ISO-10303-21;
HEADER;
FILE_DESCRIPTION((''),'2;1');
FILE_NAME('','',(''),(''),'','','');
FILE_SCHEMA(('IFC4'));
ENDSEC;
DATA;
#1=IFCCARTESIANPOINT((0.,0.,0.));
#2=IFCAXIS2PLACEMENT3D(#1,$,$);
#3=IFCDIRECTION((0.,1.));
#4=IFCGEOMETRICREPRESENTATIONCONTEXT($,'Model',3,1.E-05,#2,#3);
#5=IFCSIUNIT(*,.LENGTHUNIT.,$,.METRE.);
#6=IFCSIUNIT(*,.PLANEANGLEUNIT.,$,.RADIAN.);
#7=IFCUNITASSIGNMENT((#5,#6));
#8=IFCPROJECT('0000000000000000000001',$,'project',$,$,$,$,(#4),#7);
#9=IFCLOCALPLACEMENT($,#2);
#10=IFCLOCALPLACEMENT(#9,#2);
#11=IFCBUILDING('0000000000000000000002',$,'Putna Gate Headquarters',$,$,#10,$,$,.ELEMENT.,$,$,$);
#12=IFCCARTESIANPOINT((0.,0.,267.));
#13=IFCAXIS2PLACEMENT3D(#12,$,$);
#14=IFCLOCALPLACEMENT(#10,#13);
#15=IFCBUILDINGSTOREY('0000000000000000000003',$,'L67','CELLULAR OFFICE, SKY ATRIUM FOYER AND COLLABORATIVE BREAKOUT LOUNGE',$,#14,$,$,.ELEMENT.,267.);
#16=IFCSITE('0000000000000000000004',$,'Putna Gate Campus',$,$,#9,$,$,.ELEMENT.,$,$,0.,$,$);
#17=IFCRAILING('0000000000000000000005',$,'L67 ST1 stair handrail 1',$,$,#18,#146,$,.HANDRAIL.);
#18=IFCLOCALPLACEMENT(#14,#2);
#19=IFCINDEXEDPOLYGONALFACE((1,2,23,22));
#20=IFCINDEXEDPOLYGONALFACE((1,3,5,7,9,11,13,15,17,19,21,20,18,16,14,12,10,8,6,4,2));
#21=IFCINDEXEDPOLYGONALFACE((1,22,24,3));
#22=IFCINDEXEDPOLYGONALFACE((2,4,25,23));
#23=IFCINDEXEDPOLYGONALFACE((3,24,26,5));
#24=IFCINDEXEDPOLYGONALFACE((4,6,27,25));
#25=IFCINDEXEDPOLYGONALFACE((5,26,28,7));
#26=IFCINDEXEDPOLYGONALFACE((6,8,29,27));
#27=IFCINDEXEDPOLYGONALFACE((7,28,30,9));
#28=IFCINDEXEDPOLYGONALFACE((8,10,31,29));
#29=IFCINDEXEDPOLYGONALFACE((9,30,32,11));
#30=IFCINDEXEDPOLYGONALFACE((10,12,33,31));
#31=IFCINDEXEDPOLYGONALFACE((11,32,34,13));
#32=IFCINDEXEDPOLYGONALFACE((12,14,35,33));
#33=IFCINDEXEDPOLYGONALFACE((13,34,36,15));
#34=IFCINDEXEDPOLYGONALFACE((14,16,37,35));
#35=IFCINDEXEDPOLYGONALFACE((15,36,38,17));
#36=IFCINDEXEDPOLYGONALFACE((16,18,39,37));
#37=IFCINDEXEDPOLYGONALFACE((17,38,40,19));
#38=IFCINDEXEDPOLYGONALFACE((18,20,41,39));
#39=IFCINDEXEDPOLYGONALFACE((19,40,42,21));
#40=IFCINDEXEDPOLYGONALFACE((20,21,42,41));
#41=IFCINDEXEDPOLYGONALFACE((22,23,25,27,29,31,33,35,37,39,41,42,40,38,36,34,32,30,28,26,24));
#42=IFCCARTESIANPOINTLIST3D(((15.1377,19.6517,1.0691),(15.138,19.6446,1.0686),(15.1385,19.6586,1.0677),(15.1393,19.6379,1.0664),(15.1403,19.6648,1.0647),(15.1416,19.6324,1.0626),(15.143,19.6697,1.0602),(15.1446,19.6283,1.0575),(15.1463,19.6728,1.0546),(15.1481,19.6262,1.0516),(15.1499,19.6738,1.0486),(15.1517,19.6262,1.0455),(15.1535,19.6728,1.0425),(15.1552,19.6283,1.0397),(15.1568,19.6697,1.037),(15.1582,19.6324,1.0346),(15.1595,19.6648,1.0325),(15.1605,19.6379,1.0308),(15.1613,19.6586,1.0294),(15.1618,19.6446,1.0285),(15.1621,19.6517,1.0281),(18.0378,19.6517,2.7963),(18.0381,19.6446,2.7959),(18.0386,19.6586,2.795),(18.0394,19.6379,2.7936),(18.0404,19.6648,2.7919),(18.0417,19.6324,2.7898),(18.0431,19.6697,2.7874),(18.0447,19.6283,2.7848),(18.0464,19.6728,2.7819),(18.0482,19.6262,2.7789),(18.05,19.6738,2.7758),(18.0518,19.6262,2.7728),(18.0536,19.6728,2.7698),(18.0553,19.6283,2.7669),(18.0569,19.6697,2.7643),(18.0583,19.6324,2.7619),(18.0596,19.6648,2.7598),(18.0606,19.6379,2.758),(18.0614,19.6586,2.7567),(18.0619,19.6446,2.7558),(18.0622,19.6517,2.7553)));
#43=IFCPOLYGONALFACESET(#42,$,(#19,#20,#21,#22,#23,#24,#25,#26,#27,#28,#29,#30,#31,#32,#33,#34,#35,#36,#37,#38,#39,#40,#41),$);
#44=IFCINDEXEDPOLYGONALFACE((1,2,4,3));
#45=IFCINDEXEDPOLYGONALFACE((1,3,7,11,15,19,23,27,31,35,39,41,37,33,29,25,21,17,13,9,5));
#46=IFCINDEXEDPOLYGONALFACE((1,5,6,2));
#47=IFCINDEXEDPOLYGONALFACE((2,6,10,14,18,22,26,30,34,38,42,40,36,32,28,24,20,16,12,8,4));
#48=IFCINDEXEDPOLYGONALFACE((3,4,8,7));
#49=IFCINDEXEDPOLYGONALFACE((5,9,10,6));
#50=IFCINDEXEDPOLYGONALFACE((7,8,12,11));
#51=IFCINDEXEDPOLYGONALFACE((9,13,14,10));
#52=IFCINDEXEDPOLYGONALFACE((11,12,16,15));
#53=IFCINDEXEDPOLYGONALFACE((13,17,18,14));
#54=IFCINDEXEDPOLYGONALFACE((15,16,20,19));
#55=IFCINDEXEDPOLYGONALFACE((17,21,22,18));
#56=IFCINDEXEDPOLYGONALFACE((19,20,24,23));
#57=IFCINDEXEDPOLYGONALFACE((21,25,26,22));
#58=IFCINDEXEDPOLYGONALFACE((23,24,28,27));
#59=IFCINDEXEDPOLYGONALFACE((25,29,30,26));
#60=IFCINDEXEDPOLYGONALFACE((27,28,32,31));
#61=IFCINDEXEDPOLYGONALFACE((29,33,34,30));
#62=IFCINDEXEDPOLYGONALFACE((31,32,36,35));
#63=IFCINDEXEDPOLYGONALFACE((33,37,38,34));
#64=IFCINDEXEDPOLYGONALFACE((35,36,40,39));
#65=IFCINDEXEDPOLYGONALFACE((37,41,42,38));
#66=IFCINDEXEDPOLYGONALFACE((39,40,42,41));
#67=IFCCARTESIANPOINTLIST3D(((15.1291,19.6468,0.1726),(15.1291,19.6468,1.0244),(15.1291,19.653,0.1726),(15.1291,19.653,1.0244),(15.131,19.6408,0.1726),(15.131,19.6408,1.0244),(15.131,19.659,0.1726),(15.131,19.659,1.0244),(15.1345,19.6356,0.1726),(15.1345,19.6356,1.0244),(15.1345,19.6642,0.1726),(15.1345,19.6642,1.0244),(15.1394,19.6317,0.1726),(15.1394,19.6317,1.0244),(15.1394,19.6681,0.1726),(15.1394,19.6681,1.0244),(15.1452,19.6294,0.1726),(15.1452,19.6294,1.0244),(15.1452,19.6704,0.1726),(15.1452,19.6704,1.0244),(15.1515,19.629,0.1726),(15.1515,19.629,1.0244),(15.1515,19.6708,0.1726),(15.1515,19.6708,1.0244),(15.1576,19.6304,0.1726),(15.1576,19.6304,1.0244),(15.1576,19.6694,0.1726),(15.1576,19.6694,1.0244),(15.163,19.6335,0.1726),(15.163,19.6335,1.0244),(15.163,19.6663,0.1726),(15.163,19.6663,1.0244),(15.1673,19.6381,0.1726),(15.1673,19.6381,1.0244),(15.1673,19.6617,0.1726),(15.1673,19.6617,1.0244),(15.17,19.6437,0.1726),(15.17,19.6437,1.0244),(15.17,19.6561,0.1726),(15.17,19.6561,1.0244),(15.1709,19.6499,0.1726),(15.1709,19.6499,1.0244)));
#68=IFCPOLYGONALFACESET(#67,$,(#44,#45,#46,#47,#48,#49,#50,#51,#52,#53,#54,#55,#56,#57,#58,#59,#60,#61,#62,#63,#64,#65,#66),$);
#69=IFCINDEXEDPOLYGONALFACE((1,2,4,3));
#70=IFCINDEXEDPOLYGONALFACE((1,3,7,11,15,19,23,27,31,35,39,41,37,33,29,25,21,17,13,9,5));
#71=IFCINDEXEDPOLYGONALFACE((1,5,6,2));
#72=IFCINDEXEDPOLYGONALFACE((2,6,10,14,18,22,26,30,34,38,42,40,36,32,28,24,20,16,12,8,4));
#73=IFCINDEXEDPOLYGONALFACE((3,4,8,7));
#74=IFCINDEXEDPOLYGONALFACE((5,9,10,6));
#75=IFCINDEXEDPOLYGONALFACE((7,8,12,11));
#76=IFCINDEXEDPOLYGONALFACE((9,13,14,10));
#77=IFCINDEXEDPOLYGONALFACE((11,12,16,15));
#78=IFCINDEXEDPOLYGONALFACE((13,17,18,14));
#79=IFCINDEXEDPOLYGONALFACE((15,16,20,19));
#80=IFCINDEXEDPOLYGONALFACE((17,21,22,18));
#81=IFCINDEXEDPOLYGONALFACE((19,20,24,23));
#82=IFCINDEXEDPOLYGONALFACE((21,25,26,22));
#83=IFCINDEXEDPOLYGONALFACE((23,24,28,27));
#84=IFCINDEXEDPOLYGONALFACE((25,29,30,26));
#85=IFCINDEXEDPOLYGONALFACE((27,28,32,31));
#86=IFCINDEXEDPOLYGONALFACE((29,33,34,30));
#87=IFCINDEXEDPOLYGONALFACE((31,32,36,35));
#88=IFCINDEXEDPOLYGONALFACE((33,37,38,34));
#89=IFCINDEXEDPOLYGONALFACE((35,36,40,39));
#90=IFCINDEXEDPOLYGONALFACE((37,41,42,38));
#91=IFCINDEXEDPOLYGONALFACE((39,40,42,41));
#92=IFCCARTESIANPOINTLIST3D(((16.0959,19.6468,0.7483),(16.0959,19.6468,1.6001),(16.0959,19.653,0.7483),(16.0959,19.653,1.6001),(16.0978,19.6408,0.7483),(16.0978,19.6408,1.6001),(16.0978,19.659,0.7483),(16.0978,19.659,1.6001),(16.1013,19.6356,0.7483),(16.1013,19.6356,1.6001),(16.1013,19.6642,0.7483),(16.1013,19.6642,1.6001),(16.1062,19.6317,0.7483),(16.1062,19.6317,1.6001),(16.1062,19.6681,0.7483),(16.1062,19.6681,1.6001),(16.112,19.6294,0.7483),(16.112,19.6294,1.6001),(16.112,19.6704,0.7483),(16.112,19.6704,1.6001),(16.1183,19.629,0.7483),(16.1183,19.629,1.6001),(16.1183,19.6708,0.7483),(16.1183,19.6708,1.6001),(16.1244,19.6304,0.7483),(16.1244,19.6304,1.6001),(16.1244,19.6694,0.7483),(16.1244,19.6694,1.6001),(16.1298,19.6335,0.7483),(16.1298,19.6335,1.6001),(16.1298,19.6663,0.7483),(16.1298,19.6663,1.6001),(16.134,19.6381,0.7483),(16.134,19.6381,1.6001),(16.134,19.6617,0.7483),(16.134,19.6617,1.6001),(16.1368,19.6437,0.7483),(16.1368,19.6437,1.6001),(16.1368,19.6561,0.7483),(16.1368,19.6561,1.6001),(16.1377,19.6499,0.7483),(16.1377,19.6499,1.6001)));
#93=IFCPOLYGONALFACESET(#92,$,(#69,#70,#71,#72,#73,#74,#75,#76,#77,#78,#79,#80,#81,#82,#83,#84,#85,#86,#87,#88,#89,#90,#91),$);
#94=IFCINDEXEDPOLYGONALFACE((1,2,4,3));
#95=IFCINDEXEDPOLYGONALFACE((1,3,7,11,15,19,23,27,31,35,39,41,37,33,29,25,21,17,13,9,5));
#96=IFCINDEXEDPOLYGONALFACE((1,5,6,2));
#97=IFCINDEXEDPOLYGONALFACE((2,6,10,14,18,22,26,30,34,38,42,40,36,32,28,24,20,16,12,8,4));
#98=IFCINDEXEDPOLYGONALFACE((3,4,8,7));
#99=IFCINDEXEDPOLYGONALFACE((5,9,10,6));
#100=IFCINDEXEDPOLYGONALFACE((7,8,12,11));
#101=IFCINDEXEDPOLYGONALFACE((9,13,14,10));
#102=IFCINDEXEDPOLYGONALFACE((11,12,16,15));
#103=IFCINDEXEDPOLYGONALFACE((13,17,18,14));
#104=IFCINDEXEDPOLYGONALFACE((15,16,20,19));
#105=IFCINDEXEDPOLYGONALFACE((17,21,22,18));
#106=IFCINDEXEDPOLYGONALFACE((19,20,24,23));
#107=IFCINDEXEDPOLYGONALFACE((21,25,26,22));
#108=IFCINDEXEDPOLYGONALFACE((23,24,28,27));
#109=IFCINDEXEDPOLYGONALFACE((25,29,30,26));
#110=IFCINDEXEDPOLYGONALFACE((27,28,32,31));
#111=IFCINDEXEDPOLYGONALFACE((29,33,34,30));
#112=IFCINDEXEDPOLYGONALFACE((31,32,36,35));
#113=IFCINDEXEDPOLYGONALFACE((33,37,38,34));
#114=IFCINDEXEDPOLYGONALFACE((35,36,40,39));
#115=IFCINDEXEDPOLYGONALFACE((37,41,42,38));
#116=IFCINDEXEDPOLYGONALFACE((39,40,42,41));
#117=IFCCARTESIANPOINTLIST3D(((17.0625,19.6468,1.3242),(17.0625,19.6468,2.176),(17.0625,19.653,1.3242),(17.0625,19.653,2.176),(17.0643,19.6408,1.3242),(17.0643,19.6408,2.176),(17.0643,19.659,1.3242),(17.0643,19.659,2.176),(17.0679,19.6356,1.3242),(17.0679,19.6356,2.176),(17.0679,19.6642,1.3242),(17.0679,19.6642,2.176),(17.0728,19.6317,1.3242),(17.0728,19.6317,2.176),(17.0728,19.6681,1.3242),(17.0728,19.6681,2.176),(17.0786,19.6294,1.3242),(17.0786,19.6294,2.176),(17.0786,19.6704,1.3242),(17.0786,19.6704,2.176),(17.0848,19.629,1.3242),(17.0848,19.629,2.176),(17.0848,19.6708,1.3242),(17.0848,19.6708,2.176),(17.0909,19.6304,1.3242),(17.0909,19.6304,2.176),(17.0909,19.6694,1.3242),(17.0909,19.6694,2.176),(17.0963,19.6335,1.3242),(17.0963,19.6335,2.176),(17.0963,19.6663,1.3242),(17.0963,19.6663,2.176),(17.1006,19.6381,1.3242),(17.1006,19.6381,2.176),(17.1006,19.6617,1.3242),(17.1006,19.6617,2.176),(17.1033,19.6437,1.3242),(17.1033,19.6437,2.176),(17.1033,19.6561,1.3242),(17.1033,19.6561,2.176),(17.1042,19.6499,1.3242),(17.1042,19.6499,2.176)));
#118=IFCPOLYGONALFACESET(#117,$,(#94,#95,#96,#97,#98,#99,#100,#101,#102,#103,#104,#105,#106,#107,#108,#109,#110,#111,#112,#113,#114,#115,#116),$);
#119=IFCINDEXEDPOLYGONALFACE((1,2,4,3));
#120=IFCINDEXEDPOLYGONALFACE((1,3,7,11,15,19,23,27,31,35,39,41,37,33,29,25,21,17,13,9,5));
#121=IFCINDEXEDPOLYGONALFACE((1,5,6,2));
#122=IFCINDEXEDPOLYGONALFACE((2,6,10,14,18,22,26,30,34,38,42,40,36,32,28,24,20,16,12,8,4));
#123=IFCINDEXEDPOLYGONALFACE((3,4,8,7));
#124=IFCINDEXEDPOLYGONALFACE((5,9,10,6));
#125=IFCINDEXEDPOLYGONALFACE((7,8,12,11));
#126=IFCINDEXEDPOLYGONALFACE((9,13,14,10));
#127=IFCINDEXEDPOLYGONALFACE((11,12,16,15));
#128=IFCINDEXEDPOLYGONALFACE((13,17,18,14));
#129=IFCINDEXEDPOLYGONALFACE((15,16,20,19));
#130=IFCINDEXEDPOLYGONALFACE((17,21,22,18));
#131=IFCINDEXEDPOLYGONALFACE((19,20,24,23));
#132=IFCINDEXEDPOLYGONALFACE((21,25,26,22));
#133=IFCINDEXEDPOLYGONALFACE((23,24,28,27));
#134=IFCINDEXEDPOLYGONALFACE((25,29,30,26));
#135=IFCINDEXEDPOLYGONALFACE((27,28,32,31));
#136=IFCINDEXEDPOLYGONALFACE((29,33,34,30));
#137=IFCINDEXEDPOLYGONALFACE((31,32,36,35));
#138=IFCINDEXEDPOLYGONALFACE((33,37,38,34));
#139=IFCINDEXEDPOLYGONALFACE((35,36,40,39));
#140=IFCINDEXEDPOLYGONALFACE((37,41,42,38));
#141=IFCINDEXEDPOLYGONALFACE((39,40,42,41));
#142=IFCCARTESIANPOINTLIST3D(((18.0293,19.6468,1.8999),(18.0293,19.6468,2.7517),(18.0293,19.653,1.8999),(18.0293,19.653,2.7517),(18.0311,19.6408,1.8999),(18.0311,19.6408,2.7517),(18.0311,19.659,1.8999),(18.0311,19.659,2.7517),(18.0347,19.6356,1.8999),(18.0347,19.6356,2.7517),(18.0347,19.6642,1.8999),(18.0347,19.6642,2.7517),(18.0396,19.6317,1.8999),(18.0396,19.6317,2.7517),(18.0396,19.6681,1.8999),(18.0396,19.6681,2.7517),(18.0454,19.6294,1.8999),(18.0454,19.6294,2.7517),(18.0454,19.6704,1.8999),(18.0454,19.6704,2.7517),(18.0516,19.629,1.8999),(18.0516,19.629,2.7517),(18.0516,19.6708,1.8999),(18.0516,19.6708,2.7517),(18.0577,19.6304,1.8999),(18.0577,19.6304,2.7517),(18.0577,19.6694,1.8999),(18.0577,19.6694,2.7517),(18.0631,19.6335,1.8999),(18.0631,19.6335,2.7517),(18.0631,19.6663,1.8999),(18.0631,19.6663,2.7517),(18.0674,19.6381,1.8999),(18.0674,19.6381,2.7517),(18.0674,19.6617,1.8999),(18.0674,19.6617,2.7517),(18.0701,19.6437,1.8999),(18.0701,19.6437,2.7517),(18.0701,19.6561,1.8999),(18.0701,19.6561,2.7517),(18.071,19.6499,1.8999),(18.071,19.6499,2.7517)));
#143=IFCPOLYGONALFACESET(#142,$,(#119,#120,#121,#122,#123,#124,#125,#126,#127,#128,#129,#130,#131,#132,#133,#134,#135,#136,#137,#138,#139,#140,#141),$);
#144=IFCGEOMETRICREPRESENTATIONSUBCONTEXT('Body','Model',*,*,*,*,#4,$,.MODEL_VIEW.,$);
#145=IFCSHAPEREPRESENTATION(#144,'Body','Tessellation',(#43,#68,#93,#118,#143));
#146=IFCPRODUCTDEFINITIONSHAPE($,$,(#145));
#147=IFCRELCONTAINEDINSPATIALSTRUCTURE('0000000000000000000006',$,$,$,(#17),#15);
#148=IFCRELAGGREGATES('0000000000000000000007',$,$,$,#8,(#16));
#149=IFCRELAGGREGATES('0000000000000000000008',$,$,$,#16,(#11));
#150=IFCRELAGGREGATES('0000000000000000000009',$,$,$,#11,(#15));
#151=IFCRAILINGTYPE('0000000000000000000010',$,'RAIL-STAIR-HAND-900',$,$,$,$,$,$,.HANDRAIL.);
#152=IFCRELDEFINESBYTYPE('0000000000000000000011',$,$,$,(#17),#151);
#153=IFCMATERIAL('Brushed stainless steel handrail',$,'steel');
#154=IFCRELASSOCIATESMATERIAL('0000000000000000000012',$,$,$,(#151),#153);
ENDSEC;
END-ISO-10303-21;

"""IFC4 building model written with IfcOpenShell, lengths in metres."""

from ifc_helpers import new_model, si_unit, direction, frame, origin, origin_2d, place, context, subcontext, project, spatial, circle, extrude, material, type_object, element, save


model = new_model("IFC4")

# Units and contexts
model_context = context("Model", 3, precision=1e-05, world=origin(), true_north=direction((0.0, 1.0)))
body_context = subcontext(model_context, "Body", "Model", "MODEL_VIEW")
ifc_project = project(units=[si_unit("LENGTHUNIT", "METRE"), si_unit("PLANEANGLEUNIT", "RADIAN")], contexts=[model_context])

# Site, building, storey
site_placement = place(None, origin())
site = spatial("IfcSite", under=ifc_project, at=site_placement, Name="Putna Gate Campus", CompositionType="ELEMENT", RefElevation=0.0)
building_placement = place(site_placement, origin())
building = spatial("IfcBuilding", under=site, at=building_placement, Name="Putna Gate Headquarters", CompositionType="ELEMENT")
storey_placement = place(building_placement, frame((0.0, 0.0, 267.0)))
storey = spatial("IfcBuildingStorey", under=building, at=storey_placement, Name="L67", Description="CELLULAR OFFICE, SKY ATRIUM FOYER AND COLLABORATIVE BREAKOUT LOUNGE", CompositionType="ELEMENT", Elevation=267.0)

# Railing
ifc_material_1 = material(Name="Brushed stainless steel handrail", Category="steel")
railing_type = type_object("IfcRailingType", Name="RAIL-STAIR-HAND-900", PredefinedType="HANDRAIL", material=ifc_material_1)
railing_placement = place(storey_placement, frame((15.1499, 19.6499, 0.1726)))
element("IfcRailing", 1, at=railing_placement, inside=storey, type_object=railing_type, Name="L67 ST1 stair handrail 1", PredefinedType="HANDRAIL", context=body_context, shape_type="SweptSolid", body=[
    extrude(circle(Radius=0.0239, at=origin_2d()), frame((0.0, 0.0, 0.876), z_axis=(0.85916, 0.0, 0.511706), x_axis=(0.0, 1.0, 0.0)), (0.0, 0.0, 1.0), 3.3755),
    extrude(circle(Radius=0.021, at=origin_2d()), origin(), (0.0, 0.0, 1.0), 0.8518),
    extrude(circle(Radius=0.021, at=origin_2d()), frame((0.9668, 0.0, 0.5757)), (0.0, 0.0, 1.0), 0.8518),
    extrude(circle(Radius=0.021, at=origin_2d()), frame((1.9333, 0.0, 1.1516)), (0.0, 0.0, 1.0), 0.8518),
    extrude(circle(Radius=0.021, at=origin_2d()), frame((2.9001, 0.0, 1.7273)), (0.0, 0.0, 1.0), 0.8518),
])

save(model, "model.ifc")
